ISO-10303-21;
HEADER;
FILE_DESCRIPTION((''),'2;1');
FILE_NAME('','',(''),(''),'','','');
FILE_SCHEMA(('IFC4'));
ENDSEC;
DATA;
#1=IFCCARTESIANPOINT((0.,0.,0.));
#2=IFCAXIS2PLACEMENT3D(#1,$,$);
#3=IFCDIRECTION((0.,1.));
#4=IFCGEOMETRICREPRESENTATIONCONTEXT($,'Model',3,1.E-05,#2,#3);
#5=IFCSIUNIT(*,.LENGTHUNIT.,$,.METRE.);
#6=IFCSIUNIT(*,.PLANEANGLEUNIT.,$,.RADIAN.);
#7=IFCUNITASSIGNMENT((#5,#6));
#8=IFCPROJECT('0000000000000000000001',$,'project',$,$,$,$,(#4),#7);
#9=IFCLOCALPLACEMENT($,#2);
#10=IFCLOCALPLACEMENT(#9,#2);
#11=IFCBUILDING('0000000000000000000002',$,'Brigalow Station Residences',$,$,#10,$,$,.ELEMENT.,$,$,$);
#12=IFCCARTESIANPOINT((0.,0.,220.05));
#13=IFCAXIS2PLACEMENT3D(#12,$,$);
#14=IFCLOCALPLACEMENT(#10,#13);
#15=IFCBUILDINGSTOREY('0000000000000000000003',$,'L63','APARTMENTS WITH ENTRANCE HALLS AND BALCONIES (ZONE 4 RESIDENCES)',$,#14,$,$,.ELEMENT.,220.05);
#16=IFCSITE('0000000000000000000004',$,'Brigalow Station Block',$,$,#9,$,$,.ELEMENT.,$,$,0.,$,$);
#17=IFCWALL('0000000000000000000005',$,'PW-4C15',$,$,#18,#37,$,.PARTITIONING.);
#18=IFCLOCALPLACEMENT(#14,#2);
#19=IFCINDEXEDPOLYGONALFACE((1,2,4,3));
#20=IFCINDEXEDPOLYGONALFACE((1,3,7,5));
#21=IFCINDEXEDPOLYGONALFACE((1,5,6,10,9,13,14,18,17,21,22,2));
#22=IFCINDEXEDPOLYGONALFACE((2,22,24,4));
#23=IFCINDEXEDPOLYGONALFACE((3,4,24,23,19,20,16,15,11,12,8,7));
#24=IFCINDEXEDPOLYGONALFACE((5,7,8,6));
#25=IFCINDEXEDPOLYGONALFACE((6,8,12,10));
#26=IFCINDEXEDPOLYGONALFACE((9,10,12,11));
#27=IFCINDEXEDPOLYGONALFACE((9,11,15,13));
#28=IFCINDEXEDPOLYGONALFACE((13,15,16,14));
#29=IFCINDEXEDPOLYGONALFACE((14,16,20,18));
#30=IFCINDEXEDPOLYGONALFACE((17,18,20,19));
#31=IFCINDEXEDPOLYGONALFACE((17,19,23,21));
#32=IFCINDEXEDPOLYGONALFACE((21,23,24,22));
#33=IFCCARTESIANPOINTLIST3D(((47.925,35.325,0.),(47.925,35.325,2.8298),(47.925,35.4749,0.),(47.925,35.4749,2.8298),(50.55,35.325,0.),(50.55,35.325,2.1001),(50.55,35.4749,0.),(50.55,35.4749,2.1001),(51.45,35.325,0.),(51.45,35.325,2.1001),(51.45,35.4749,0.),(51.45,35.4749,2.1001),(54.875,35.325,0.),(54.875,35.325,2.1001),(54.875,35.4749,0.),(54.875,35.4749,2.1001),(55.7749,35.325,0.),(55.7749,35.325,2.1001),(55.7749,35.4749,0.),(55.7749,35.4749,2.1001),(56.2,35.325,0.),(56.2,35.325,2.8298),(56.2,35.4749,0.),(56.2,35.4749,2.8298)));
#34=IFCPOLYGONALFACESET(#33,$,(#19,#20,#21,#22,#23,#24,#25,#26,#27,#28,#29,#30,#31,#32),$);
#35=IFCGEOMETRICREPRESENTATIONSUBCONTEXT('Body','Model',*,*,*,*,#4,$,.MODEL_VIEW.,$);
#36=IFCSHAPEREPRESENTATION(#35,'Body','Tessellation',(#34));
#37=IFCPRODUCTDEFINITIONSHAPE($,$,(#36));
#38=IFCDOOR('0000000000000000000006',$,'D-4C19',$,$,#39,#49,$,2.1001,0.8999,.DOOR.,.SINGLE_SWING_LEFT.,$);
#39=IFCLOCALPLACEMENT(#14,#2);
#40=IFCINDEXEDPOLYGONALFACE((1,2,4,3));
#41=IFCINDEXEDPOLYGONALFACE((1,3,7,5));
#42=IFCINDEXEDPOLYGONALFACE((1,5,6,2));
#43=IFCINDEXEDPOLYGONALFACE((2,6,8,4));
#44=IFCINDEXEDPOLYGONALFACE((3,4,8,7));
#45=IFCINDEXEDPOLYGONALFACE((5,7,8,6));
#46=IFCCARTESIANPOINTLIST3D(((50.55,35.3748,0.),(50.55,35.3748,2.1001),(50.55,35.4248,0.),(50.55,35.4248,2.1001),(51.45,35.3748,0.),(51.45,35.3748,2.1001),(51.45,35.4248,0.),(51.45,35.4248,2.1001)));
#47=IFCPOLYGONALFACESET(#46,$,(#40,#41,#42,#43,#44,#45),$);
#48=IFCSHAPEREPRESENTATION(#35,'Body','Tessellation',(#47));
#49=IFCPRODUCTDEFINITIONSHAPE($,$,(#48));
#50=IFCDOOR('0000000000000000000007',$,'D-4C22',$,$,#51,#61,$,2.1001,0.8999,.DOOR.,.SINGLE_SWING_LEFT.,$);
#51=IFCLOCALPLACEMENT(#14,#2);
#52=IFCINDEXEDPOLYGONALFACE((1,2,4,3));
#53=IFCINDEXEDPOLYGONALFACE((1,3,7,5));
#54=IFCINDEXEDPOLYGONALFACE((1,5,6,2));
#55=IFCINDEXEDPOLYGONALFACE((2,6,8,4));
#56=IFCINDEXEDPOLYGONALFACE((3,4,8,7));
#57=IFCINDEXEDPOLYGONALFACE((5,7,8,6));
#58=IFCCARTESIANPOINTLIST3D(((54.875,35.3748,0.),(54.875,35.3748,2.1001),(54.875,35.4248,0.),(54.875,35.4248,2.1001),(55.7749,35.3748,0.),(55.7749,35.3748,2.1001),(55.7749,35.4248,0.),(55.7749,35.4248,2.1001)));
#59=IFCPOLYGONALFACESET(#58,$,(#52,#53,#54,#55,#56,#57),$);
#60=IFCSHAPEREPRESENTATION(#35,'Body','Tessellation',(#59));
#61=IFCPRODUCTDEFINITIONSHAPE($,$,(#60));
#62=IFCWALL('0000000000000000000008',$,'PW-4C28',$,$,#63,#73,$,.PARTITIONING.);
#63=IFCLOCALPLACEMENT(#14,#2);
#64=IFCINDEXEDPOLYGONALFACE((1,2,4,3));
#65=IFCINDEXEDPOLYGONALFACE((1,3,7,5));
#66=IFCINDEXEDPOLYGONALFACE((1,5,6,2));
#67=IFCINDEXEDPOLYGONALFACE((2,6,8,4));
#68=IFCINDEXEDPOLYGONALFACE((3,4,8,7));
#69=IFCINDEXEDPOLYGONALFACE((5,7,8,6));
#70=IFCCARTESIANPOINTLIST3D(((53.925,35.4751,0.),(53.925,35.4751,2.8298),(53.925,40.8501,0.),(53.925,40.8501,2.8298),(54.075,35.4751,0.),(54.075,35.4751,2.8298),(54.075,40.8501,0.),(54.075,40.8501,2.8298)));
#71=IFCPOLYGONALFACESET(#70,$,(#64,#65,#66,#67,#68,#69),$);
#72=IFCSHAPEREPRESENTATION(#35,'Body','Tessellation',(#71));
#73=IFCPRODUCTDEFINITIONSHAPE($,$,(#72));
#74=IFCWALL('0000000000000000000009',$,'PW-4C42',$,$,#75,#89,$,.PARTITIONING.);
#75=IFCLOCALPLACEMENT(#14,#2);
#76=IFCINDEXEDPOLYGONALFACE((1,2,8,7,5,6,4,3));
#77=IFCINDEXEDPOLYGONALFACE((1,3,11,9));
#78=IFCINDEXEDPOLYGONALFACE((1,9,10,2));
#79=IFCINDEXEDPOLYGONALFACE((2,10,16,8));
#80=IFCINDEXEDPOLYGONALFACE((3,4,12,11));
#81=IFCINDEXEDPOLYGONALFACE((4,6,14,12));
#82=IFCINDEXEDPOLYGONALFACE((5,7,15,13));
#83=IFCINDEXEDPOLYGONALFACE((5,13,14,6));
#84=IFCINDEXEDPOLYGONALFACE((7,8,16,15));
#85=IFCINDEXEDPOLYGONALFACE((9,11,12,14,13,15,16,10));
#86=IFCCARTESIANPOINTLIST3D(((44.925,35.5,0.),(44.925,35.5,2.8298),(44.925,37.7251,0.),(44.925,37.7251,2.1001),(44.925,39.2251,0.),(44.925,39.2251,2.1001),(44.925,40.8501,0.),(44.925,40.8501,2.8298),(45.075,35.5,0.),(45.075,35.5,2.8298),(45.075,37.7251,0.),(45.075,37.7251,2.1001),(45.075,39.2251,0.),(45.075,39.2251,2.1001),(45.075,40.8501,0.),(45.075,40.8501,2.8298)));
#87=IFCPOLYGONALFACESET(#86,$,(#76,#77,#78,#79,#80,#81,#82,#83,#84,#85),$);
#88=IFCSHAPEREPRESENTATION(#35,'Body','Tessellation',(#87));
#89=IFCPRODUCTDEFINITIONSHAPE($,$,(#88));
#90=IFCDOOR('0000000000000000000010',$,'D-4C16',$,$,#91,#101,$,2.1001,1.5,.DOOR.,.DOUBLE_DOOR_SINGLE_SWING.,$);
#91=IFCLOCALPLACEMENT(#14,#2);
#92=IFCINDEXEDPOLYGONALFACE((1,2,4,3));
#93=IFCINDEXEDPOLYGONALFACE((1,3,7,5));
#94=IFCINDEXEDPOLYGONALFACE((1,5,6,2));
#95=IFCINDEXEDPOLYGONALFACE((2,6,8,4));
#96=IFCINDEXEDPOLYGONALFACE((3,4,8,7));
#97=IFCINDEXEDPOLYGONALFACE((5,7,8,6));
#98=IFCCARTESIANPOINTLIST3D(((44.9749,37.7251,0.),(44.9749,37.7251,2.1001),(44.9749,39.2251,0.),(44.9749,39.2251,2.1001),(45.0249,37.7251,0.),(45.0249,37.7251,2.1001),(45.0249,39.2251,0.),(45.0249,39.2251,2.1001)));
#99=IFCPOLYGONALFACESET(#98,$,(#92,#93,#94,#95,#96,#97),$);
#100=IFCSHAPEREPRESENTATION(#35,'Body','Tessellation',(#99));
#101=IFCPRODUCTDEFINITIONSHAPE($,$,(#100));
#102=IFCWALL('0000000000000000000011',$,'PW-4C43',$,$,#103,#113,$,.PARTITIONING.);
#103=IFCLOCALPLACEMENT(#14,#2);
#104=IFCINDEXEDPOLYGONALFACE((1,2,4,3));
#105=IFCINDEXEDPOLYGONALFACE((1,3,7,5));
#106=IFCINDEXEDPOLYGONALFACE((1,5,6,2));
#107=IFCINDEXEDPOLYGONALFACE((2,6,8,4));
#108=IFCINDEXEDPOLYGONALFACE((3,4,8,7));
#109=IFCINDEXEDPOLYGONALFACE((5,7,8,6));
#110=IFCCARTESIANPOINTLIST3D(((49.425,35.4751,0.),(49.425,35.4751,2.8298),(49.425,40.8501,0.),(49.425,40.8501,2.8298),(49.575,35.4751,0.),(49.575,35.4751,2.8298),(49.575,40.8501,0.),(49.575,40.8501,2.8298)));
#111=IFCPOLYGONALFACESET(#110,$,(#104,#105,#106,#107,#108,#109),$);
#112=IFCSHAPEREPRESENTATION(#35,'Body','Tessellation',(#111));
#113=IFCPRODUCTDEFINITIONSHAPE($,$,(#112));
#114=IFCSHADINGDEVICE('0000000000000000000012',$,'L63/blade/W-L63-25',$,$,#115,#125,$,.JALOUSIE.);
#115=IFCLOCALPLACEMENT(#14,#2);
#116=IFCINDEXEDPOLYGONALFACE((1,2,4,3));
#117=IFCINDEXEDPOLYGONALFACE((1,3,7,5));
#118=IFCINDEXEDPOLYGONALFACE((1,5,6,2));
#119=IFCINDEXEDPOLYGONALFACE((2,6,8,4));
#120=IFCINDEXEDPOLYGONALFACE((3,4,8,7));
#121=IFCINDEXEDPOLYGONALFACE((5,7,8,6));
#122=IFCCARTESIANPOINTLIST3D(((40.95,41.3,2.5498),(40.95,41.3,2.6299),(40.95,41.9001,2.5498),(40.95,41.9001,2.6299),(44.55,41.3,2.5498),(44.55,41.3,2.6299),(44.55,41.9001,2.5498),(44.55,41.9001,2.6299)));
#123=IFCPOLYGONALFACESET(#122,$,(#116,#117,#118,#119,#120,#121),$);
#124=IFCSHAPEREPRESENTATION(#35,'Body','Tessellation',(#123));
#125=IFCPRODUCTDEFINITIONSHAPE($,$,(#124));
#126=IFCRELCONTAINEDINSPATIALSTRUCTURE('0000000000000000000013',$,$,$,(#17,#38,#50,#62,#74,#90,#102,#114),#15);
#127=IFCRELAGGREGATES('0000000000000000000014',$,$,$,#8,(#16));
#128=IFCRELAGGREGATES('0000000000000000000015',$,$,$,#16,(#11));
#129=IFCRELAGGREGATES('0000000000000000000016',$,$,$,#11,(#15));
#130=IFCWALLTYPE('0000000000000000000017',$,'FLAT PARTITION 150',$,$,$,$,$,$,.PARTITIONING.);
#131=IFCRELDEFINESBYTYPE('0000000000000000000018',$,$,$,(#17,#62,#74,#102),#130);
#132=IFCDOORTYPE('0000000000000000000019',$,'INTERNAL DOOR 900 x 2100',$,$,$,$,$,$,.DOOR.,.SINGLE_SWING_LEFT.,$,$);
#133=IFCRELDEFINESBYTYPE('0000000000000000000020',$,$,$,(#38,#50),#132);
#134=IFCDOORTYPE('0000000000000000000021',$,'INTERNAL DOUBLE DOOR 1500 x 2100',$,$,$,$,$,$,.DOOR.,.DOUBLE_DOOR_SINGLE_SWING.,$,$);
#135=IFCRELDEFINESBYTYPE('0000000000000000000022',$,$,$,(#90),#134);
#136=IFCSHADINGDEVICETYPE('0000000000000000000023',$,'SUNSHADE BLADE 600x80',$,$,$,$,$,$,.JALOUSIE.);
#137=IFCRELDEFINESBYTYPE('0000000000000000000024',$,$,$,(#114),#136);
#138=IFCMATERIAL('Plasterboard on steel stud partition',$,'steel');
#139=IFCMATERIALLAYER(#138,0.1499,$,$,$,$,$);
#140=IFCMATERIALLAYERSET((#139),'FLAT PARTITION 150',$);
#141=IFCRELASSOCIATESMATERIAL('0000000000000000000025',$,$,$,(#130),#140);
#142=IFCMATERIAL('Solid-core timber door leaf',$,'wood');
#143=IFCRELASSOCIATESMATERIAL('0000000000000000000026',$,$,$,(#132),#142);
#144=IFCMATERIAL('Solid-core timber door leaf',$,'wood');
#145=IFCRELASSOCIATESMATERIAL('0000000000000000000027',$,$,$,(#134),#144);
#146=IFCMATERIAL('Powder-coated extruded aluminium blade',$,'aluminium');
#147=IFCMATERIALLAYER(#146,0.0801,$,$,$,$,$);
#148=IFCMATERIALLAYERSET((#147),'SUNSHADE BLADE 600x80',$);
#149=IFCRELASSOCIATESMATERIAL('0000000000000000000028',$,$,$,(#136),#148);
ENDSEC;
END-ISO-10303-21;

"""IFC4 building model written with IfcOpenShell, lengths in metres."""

from ifc_helpers import new_model, si_unit, direction, frame, frame_2d, origin, origin_2d, place, context, subcontext, project, spatial, rectangle, extrude, material, layer, layer_set, type_object, element, fill, save


model = new_model("IFC4")

# Units and contexts
model_context = context("Model", 3, precision=1e-05, world=origin(), true_north=direction((0.0, 1.0)))
body_context = subcontext(model_context, "Body", "Model", "MODEL_VIEW")
ifc_project = project(units=[si_unit("LENGTHUNIT", "METRE"), si_unit("PLANEANGLEUNIT", "RADIAN")], contexts=[model_context])

# Site, building, storey
site_placement = place(None, origin())
site = spatial("IfcSite", under=ifc_project, at=site_placement, Name="Brigalow Station Block", CompositionType="ELEMENT", RefElevation=0.0)
building_placement = place(site_placement, origin())
building = spatial("IfcBuilding", under=site, at=building_placement, Name="Brigalow Station Residences", CompositionType="ELEMENT")
storey_placement = place(building_placement, frame((0.0, 0.0, 220.05)))
storey = spatial("IfcBuildingStorey", under=building, at=storey_placement, Name="L63", Description="APARTMENTS WITH ENTRANCE HALLS AND BALCONIES (ZONE 4 RESIDENCES)", CompositionType="ELEMENT", Elevation=220.05)

# Wall, openings, doors
ifc_material_1 = material(Name="Plasterboard on steel stud partition", Category="steel")
ifc_layer_1 = layer(ifc_material_1, 0.1499)
ifc_layer_set_1 = layer_set([ifc_layer_1], Name="FLAT PARTITION 150")
wall_type_1 = type_object("IfcWallType", Name="FLAT PARTITION 150", PredefinedType="PARTITIONING", material=ifc_layer_set_1)
wall_1_placement = place(storey_placement, frame((47.925, 35.3999, 0.0), z_axis=(0.0, 0.0, 1.0), x_axis=(1.0, 0.0, 0.0)))
wall_1 = element("IfcWall", 1, at=wall_1_placement, inside=storey, type_object=wall_type_1, Name="PW-4C15", PredefinedType="PARTITIONING", context=body_context, shape_type="SweptSolid", body=[
    extrude(rectangle(XDim=8.2749, YDim=0.1499, at=frame_2d((4.1375, 0.0))), origin(), (0.0, 0.0, 1.0), 2.8298),
])
opening_1_placement = place(wall_1_placement, frame((2.625, 0.0, 0.0)))
opening_1 = element("IfcOpeningElement", 2, at=opening_1_placement, cuts=wall_1, PredefinedType="OPENING", context=body_context, shape_type="SweptSolid", body=[
    extrude(rectangle(XDim=0.8999, YDim=2.1001, at=frame_2d((0.45, 1.05))), frame((0.0, 0.085, 0.0), z_axis=(0.0, -1.0, 0.0), x_axis=(1.0, 0.0, 0.0)), (0.0, 0.0, 1.0), 0.1699),
])
opening_2_placement = place(wall_1_placement, frame((6.95, 0.0, 0.0)))
opening_2 = element("IfcOpeningElement", 3, at=opening_2_placement, cuts=wall_1, PredefinedType="OPENING", context=body_context, shape_type="SweptSolid", body=[
    extrude(rectangle(XDim=0.8999, YDim=2.1001, at=frame_2d((0.45, 1.05))), frame((0.0, 0.085, 0.0), z_axis=(0.0, -1.0, 0.0), x_axis=(1.0, 0.0, 0.0)), (0.0, 0.0, 1.0), 0.1699),
])
ifc_material_2 = material(Name="Solid-core timber door leaf", Category="wood")
door_type_1 = type_object("IfcDoorType", Name="INTERNAL DOOR 900 x 2100", OperationType="SINGLE_SWING_LEFT", PredefinedType="DOOR", material=ifc_material_2)
door_1_placement = place(opening_1_placement, origin())
door_1 = element("IfcDoor", 4, at=door_1_placement, inside=storey, type_object=door_type_1, Name="D-4C19", OperationType="SINGLE_SWING_LEFT", OverallHeight=2.1001, OverallWidth=0.8999, PredefinedType="DOOR", context=body_context, shape_type="SweptSolid", body=[
    extrude(rectangle(XDim=0.8999, YDim=2.1001, at=frame_2d((0.45, 1.05))), frame((0.0, 0.0249, 0.0), z_axis=(0.0, -1.0, 0.0), x_axis=(1.0, 0.0, 0.0)), (0.0, 0.0, 1.0), 0.05),
])
fill(opening_1, door_1)
door_2_placement = place(opening_2_placement, origin())
door_2 = element("IfcDoor", 5, at=door_2_placement, inside=storey, type_object=door_type_1, Name="D-4C22", OperationType="SINGLE_SWING_LEFT", OverallHeight=2.1001, OverallWidth=0.8999, PredefinedType="DOOR", context=body_context, shape_type="SweptSolid", body=[
    extrude(rectangle(XDim=0.8999, YDim=2.1001, at=frame_2d((0.45, 1.05))), frame((0.0, 0.0249, 0.0), z_axis=(0.0, -1.0, 0.0), x_axis=(1.0, 0.0, 0.0)), (0.0, 0.0, 1.0), 0.05),
])
fill(opening_2, door_2)

# Wall
wall_2_placement = place(storey_placement, frame((54.0, 35.4751, 0.0), z_axis=(0.0, 0.0, 1.0), x_axis=(0.0, 1.0, 0.0)))
element("IfcWall", 6, at=wall_2_placement, inside=storey, type_object=wall_type_1, Name="PW-4C28", PredefinedType="PARTITIONING", context=body_context, shape_type="SweptSolid", body=[
    extrude(rectangle(XDim=5.375, YDim=0.1499, at=frame_2d((2.6875, 0.0))), origin(), (0.0, 0.0, 1.0), 2.8298),
])

# Wall, opening, door
wall_3_placement = place(storey_placement, frame((45.0, 35.5, 0.0), z_axis=(0.0, 0.0, 1.0), x_axis=(0.0, 1.0, 0.0)))
wall_3 = element("IfcWall", 7, at=wall_3_placement, inside=storey, type_object=wall_type_1, Name="PW-4C42", PredefinedType="PARTITIONING", context=body_context, shape_type="SweptSolid", body=[
    extrude(rectangle(XDim=5.3501, YDim=0.1499, at=frame_2d((2.675, 0.0))), origin(), (0.0, 0.0, 1.0), 2.8298),
])
opening_3_placement = place(wall_3_placement, frame((2.2251, 0.0, 0.0)))
opening_3 = element("IfcOpeningElement", 8, at=opening_3_placement, cuts=wall_3, PredefinedType="OPENING", context=body_context, shape_type="SweptSolid", body=[
    extrude(rectangle(XDim=1.5, YDim=2.1001, at=frame_2d((0.75, 1.05))), frame((0.0, 0.085, 0.0), z_axis=(0.0, -1.0, 0.0), x_axis=(1.0, 0.0, 0.0)), (0.0, 0.0, 1.0), 0.1699),
])
ifc_material_3 = material(Name="Solid-core timber door leaf", Category="wood")
door_type_2 = type_object("IfcDoorType", Name="INTERNAL DOUBLE DOOR 1500 x 2100", OperationType="DOUBLE_DOOR_SINGLE_SWING", PredefinedType="DOOR", material=ifc_material_3)
door_3_placement = place(opening_3_placement, frame((1.5, 0.0, 0.0), z_axis=(0.0, 0.0, 1.0), x_axis=(-1.0, 0.0, 0.0)))
door_3 = element("IfcDoor", 9, at=door_3_placement, inside=storey, type_object=door_type_2, Name="D-4C16", OperationType="DOUBLE_DOOR_SINGLE_SWING", OverallHeight=2.1001, OverallWidth=1.5, PredefinedType="DOOR", context=body_context, shape_type="SweptSolid", body=[
    extrude(rectangle(XDim=1.5, YDim=2.1001, at=frame_2d((0.75, 1.05))), frame((0.0, 0.0249, 0.0), z_axis=(0.0, -1.0, 0.0), x_axis=(1.0, 0.0, 0.0)), (0.0, 0.0, 1.0), 0.05),
])
fill(opening_3, door_3)

# Wall
wall_4_placement = place(storey_placement, frame((49.5, 35.4751, 0.0), z_axis=(0.0, 0.0, 1.0), x_axis=(0.0, 1.0, 0.0)))
element("IfcWall", 10, at=wall_4_placement, inside=storey, type_object=wall_type_1, Name="PW-4C43", PredefinedType="PARTITIONING", context=body_context, shape_type="SweptSolid", body=[
    extrude(rectangle(XDim=5.375, YDim=0.1499, at=frame_2d((2.6875, 0.0))), origin(), (0.0, 0.0, 1.0), 2.8298),
])

# Shading device
ifc_material_4 = material(Name="Powder-coated extruded aluminium blade", Category="aluminium")
ifc_layer_2 = layer(ifc_material_4, 0.0801)
ifc_layer_set_2 = layer_set([ifc_layer_2], Name="SUNSHADE BLADE 600x80")
shading_device_type = type_object("IfcShadingDeviceType", Name="SUNSHADE BLADE 600x80", PredefinedType="JALOUSIE", material=ifc_layer_set_2)
shading_device_placement = place(storey_placement, frame((42.75, 41.6001, 2.5498), z_axis=(0.0, 0.0, 1.0), x_axis=(-1.0, 0.0, 0.0)))
element("IfcShadingDevice", 11, at=shading_device_placement, inside=storey, type_object=shading_device_type, Name="L63/blade/W-L63-25", PredefinedType="JALOUSIE", context=body_context, shape_type="SweptSolid", body=[
    extrude(rectangle(XDim=3.6001, YDim=0.6001, at=origin_2d()), origin(), (0.0, 0.0, 1.0), 0.0801),
])

save(model, "model.ifc")
